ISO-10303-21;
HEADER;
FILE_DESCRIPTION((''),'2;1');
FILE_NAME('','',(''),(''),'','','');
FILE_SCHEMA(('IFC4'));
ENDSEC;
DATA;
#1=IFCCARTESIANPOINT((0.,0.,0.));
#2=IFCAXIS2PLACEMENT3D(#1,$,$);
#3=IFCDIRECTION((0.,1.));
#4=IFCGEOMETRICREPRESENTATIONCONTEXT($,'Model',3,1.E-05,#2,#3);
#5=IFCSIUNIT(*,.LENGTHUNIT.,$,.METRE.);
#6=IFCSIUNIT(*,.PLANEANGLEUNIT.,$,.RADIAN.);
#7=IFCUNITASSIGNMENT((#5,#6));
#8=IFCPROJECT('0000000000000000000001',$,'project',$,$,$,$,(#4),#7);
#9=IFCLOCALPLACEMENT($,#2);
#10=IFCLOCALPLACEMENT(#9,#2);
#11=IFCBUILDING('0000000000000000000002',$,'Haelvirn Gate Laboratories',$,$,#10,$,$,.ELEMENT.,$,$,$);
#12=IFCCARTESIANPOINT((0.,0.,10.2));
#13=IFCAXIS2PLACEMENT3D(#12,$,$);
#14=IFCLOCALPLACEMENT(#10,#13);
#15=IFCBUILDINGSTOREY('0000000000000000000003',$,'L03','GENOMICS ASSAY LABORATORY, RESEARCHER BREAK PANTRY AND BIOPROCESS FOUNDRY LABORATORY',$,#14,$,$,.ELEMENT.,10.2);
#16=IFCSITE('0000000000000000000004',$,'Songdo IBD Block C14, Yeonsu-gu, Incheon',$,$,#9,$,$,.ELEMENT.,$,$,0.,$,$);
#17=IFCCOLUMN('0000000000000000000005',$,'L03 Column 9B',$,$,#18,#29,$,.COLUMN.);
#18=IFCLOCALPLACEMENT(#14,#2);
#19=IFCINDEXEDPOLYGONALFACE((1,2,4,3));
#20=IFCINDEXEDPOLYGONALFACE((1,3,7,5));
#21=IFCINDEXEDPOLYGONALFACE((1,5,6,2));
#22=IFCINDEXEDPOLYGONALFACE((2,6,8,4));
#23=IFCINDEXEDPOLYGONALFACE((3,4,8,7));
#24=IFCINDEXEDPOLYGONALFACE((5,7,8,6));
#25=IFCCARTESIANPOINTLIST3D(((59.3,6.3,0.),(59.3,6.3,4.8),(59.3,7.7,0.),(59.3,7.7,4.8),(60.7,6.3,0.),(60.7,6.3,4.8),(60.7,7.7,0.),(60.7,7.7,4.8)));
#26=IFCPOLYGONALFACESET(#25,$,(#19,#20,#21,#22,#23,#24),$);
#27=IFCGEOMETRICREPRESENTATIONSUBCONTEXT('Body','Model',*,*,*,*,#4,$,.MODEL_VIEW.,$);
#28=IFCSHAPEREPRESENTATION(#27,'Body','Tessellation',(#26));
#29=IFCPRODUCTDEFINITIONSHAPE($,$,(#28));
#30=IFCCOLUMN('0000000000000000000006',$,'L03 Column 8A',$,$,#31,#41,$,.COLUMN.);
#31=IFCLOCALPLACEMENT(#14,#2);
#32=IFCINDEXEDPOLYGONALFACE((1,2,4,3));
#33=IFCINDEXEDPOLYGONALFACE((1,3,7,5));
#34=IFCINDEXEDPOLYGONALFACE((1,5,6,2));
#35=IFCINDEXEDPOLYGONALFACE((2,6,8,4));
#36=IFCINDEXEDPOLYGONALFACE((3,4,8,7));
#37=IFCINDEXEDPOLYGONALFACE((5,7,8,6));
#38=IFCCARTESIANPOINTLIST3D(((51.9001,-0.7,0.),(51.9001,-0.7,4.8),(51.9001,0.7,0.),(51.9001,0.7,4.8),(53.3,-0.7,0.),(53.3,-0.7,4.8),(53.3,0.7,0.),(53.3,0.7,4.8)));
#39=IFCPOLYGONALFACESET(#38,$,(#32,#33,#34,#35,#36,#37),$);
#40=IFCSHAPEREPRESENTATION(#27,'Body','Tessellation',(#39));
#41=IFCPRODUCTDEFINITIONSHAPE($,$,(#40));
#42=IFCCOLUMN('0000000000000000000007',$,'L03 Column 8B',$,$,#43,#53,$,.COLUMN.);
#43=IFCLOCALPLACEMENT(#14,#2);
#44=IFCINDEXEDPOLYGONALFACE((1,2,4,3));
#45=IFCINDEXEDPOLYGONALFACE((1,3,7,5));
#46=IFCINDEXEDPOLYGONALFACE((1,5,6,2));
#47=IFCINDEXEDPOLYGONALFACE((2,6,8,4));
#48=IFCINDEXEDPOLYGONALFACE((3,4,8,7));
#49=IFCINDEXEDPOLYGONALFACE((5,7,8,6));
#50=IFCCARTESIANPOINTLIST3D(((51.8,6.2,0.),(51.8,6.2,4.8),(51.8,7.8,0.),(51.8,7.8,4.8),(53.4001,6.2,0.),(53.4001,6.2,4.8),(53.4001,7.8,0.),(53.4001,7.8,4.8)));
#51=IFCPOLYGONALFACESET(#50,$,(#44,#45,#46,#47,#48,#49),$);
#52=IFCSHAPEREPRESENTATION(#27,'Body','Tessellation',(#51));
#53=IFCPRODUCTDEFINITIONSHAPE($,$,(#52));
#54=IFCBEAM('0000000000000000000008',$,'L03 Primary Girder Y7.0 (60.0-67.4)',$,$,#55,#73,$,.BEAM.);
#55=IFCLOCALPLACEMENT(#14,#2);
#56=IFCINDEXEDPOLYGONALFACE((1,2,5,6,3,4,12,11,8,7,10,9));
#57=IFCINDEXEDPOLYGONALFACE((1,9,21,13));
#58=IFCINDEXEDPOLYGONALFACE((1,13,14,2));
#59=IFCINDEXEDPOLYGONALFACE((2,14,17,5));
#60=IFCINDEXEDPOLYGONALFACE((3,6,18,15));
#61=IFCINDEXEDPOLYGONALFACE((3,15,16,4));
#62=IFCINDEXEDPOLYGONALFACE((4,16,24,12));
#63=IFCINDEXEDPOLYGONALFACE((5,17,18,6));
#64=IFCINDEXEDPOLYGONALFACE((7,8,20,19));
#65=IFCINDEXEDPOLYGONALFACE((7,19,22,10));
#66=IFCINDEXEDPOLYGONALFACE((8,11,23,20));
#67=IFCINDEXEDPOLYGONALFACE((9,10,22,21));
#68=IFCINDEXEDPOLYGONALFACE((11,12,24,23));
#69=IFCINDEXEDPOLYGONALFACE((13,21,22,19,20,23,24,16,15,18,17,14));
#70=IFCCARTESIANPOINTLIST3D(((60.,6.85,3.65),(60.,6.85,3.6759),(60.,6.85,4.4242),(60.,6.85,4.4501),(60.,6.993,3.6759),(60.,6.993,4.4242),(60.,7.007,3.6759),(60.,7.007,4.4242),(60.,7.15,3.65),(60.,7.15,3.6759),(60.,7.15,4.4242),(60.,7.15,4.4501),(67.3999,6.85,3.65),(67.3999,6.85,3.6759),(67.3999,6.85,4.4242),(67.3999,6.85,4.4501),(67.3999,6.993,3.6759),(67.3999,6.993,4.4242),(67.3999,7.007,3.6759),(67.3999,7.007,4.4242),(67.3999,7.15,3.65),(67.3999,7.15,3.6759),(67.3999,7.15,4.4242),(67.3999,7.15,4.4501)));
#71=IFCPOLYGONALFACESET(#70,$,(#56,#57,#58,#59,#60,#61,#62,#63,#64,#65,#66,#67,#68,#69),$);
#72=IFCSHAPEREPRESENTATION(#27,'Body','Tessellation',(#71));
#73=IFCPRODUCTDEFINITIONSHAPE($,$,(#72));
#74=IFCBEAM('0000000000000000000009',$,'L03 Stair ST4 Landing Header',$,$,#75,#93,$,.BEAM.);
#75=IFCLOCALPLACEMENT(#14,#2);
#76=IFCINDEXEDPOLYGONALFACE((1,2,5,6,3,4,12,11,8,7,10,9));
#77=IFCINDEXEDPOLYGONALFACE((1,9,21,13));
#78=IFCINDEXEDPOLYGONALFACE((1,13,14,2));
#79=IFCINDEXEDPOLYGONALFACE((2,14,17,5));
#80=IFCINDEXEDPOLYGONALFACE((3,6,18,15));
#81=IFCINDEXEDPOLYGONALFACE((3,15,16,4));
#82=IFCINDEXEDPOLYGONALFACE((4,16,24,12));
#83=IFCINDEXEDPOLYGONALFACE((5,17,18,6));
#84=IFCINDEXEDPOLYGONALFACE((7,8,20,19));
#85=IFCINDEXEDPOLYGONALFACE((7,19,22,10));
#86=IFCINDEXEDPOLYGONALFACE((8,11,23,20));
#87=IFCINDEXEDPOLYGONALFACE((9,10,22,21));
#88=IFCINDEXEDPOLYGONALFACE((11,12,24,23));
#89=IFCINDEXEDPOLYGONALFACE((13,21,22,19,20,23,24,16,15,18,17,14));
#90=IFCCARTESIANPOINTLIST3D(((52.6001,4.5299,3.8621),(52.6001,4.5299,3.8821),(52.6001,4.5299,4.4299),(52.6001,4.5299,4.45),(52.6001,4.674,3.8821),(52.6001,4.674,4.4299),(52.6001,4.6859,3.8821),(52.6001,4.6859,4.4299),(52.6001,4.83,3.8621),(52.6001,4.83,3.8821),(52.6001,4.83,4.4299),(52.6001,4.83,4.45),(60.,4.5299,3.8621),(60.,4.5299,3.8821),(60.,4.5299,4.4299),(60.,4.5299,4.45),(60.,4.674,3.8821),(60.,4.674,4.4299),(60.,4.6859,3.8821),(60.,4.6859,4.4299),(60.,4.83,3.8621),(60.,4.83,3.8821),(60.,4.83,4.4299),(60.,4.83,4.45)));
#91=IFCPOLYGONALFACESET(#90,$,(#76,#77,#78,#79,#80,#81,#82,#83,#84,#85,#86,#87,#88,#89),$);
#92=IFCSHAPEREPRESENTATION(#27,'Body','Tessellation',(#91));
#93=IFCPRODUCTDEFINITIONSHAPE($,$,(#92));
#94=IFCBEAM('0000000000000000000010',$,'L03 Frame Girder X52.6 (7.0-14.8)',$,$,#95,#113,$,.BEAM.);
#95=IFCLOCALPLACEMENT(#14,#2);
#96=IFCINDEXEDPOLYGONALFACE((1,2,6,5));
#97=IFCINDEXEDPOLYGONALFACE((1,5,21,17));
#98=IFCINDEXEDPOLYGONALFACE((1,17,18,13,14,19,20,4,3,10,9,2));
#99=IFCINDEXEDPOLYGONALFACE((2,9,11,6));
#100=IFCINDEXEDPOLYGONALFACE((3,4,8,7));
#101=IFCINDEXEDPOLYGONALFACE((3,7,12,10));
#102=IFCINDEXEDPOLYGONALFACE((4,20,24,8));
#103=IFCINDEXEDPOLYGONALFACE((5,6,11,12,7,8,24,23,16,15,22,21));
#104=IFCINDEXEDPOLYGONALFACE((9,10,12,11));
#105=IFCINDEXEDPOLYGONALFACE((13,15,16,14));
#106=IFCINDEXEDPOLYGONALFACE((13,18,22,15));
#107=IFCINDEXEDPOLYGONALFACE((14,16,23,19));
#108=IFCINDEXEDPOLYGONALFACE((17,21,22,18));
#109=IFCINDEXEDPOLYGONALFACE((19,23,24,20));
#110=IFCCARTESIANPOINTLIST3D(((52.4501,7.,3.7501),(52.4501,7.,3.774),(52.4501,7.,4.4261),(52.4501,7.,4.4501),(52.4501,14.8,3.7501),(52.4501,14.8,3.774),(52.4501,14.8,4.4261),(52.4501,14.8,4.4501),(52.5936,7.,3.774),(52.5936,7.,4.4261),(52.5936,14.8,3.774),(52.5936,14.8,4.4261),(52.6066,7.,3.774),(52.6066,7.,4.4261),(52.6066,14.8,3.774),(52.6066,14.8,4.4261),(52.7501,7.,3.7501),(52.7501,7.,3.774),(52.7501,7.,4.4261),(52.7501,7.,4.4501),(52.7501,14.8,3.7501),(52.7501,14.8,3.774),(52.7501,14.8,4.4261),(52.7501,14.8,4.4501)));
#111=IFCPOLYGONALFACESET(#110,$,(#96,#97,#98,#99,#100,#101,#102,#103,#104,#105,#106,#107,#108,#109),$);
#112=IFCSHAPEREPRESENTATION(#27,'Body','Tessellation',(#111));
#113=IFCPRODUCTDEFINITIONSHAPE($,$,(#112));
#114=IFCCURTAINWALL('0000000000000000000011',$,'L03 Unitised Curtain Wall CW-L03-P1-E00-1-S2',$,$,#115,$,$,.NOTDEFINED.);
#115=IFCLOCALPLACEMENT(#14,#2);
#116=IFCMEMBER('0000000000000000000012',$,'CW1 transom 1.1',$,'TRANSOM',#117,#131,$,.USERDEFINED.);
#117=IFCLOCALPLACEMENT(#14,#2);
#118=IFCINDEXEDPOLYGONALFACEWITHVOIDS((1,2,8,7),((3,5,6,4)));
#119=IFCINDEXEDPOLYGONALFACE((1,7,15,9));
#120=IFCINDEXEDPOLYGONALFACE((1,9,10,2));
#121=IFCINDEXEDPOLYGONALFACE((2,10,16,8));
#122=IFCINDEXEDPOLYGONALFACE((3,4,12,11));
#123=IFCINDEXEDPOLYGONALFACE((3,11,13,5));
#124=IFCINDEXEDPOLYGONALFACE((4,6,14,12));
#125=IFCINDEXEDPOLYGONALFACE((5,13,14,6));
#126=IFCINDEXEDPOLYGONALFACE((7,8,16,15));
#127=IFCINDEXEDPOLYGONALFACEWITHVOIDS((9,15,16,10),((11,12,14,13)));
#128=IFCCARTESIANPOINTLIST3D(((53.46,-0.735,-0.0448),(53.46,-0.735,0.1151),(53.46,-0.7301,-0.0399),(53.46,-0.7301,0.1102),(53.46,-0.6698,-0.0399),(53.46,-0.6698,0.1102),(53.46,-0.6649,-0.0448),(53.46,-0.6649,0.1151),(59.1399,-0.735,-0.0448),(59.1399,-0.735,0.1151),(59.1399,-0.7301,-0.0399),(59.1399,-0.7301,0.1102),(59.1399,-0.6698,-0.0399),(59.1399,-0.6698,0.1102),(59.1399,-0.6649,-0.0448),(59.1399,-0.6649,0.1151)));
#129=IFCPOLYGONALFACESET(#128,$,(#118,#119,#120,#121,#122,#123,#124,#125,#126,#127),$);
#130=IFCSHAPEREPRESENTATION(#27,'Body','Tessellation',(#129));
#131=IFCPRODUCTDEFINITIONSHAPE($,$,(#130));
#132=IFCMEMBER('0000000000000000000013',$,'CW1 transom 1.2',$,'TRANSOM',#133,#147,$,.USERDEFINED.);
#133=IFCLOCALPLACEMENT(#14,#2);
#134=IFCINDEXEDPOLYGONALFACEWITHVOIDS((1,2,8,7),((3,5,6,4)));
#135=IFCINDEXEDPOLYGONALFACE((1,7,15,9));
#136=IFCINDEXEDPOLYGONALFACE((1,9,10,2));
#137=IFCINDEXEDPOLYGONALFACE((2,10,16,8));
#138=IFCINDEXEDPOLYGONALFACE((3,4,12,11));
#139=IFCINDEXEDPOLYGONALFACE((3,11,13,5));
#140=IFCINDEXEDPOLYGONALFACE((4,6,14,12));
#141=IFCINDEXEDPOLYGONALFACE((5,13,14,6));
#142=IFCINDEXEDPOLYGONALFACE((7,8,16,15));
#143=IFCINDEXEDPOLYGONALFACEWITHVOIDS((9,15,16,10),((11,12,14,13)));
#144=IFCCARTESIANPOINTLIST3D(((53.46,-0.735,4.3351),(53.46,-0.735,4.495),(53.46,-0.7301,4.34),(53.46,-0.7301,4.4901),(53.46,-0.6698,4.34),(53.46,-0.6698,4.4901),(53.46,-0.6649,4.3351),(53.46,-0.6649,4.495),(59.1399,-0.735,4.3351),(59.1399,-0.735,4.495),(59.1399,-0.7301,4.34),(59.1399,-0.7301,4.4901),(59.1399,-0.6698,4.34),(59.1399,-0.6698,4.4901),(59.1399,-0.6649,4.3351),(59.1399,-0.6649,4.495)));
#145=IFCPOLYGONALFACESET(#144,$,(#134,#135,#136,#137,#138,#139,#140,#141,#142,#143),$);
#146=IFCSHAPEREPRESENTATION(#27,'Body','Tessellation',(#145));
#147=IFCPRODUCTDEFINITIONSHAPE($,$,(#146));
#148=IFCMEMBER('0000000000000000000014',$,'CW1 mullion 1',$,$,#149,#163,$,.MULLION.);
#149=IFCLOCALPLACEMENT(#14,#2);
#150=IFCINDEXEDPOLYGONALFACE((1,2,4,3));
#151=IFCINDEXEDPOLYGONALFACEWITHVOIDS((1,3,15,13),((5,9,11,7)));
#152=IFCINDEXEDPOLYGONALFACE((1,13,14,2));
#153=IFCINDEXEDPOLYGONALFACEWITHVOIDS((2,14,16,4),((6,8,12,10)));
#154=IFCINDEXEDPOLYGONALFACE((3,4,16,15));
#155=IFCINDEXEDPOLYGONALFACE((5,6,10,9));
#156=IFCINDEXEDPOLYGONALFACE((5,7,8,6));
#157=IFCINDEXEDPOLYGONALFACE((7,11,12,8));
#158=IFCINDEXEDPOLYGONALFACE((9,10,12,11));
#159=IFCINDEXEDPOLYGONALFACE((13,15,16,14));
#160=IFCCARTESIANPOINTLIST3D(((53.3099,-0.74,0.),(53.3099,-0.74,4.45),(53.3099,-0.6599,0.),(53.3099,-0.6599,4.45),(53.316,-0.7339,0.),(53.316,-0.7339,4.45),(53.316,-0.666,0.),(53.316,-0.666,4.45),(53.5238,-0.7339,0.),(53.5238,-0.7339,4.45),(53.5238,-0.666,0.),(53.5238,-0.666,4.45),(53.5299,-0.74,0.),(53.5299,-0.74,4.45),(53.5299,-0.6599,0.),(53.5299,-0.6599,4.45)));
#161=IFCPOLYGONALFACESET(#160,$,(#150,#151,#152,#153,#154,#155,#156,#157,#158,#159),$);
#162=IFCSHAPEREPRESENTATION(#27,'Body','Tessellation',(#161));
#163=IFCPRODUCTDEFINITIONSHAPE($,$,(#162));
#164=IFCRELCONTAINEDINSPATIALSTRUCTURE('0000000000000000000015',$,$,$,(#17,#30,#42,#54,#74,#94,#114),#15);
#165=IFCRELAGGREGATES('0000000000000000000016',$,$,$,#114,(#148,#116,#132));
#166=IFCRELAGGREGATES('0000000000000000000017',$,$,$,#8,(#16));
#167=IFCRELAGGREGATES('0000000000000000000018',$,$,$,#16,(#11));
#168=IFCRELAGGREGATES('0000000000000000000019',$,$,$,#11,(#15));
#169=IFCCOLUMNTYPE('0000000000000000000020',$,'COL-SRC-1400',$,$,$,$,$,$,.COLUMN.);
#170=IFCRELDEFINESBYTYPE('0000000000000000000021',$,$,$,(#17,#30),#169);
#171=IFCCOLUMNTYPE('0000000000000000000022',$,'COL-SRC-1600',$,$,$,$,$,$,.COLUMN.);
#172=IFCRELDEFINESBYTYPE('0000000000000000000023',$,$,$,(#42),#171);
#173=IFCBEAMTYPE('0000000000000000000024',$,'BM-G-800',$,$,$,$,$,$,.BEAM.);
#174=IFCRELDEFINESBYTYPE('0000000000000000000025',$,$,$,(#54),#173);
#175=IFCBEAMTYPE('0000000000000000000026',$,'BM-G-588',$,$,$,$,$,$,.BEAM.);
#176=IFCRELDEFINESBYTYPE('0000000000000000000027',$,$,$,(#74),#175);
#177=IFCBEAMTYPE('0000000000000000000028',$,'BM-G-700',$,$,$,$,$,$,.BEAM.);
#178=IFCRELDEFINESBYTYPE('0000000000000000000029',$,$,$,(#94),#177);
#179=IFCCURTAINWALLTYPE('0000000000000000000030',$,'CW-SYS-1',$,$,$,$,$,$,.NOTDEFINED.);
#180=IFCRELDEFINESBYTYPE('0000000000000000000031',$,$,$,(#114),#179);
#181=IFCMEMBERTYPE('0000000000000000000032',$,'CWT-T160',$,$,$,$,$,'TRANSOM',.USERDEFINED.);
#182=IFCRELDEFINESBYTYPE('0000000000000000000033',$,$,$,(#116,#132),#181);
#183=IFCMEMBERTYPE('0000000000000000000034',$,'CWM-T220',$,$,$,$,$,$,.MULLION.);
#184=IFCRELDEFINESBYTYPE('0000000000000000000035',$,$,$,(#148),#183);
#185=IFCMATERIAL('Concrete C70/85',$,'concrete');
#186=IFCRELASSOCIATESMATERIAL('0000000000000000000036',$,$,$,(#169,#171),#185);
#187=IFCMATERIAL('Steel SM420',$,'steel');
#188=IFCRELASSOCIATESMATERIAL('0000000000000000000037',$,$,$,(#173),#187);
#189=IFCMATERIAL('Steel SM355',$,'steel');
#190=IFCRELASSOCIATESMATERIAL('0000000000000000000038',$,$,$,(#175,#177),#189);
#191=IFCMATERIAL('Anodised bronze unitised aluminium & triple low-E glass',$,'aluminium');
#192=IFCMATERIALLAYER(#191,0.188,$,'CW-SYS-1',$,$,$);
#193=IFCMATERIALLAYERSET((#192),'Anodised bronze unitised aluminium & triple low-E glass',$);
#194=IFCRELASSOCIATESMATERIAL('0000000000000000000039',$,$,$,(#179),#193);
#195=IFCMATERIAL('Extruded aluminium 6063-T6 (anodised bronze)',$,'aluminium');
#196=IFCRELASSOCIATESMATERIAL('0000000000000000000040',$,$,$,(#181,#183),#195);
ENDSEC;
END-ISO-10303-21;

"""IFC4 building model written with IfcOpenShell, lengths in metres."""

from ifc_helpers import new_model, si_unit, direction, frame, origin, origin_2d, place, context, subcontext, project, spatial, rectangle, hollow_rectangle, i_section, extrude, source, transform, mapped, material, layer, layer_set, material_profile, profile_set, type_object, type_shapes, element, aggregate, save


model = new_model("IFC4")

# Units and contexts
model_context = context("Model", 3, precision=1e-05, world=origin(), true_north=direction((0.0, 1.0)))
body_context = subcontext(model_context, "Body", "Model", "MODEL_VIEW")
ifc_project = project(units=[si_unit("LENGTHUNIT", "METRE"), si_unit("PLANEANGLEUNIT", "RADIAN")], contexts=[model_context])

# Site, building, storey
site_placement = place(None, origin())
site = spatial("IfcSite", under=ifc_project, at=site_placement, Name="Songdo IBD Block C14, Yeonsu-gu, Incheon", CompositionType="ELEMENT", RefElevation=0.0)
building_placement = place(site_placement, origin())
building = spatial("IfcBuilding", under=site, at=building_placement, Name="Haelvirn Gate Laboratories", CompositionType="ELEMENT")
storey_placement = place(building_placement, frame((0.0, 0.0, 10.2)))
storey = spatial("IfcBuildingStorey", under=building, at=storey_placement, Name="L03", Description="GENOMICS ASSAY LABORATORY, RESEARCHER BREAK PANTRY AND BIOPROCESS FOUNDRY LABORATORY", CompositionType="ELEMENT", Elevation=10.2)

# Columns
ifc_material_1 = material(Name="Concrete C70/85", Category="concrete")
ifc_material_profile_1 = material_profile(ifc_material_1, rectangle(XDim=1.3999, YDim=1.3999, at=origin_2d()), Name="SRC-1400x1400")
ifc_profile_set_1 = profile_set([ifc_material_profile_1], Name="Concrete C70/85")
column_type_1 = type_object("IfcColumnType", Name="COL-SRC-1400", PredefinedType="COLUMN", material=ifc_profile_set_1)
shared_shape_1 = source(origin(), body_context, "Body", "SweptSolid", [
    extrude(rectangle(XDim=1.3999, YDim=1.3999, at=origin_2d()), origin(), (0.0, 0.0, 1.0), 4.8),
])
type_shapes(column_type_1, [shared_shape_1])
for number, where, z_axis, x_axis, name in (
    (1, (60.0, 7.0, 0.0), (0.0, 0.0, 1.0), (1.0, 0.0, 0.0), "L03 Column 9B"),
    (2, (52.6001, 0.0, 0.0), (0.0, 0.0, 1.0), (1.0, 0.0, 0.0), "L03 Column 8A"),
):
    element("IfcColumn", number, at=place(storey_placement, frame(where, z_axis=z_axis, x_axis=x_axis)), inside=storey, type_object=column_type_1, Name=name, PredefinedType="COLUMN", context=body_context, shape_type="MappedRepresentation", body=[
        mapped(shared_shape_1, transform((0.0, 0.0, 0.0), scale=1.0)),
    ])
ifc_material_profile_2 = material_profile(ifc_material_1, rectangle(XDim=1.6001, YDim=1.6001, at=origin_2d()), Name="SRC-1600x1600")
ifc_profile_set_2 = profile_set([ifc_material_profile_2], Name="Concrete C70/85")
column_type_2 = type_object("IfcColumnType", Name="COL-SRC-1600", PredefinedType="COLUMN", material=ifc_profile_set_2)
shared_shape_2 = source(origin(), body_context, "Body", "SweptSolid", [
    extrude(rectangle(XDim=1.6001, YDim=1.6001, at=origin_2d()), origin(), (0.0, 0.0, 1.0), 4.8),
])
type_shapes(column_type_2, [shared_shape_2])
column_placement = place(storey_placement, frame((52.6001, 7.0, 0.0), z_axis=(0.0, 0.0, 1.0), x_axis=(1.0, 0.0, 0.0)))
element("IfcColumn", 3, at=column_placement, inside=storey, type_object=column_type_2, Name="L03 Column 8B", PredefinedType="COLUMN", context=body_context, shape_type="MappedRepresentation", body=[
    mapped(shared_shape_2, transform((0.0, 0.0, 0.0), scale=1.0)),
])

# Beams
ifc_material_2 = material(Name="Steel SM420", Category="steel")
ifc_material_profile_3 = material_profile(ifc_material_2, i_section(OverallWidth=0.3, OverallDepth=0.8, WebThickness=0.0139, FlangeThickness=0.0259, at=origin_2d()), Name="H-800x300x14x26")
ifc_profile_set_3 = profile_set([ifc_material_profile_3], Name="Steel SM420")
beam_type_1 = type_object("IfcBeamType", Name="BM-G-800", PredefinedType="BEAM", material=ifc_profile_set_3)
shared_shape_3 = source(origin(), body_context, "Body", "SweptSolid", [
    extrude(i_section(OverallWidth=0.3, OverallDepth=0.8, WebThickness=0.0139, FlangeThickness=0.0259, at=origin_2d()), origin(), (0.0, 0.0, 1.0), 7.3999),
])
type_shapes(beam_type_1, [shared_shape_3])
beam_1_placement = place(storey_placement, frame((60.0, 7.0, 4.05), z_axis=(1.0, 0.0, 0.0), x_axis=(0.0, 1.0, 0.0)))
element("IfcBeam", 4, at=beam_1_placement, inside=storey, type_object=beam_type_1, Name="L03 Primary Girder Y7.0 (60.0-67.4)", PredefinedType="BEAM", context=body_context, shape_type="MappedRepresentation", body=[
    mapped(shared_shape_3, transform((0.0, 0.0, 0.0), scale=1.0)),
])
ifc_material_3 = material(Name="Steel SM355", Category="steel")
ifc_material_profile_4 = material_profile(ifc_material_3, i_section(OverallWidth=0.3, OverallDepth=0.5879, WebThickness=0.012, FlangeThickness=0.02, at=origin_2d()), Name="H-588x300x12x20")
ifc_profile_set_4 = profile_set([ifc_material_profile_4], Name="Steel SM355")
beam_type_2 = type_object("IfcBeamType", Name="BM-G-588", PredefinedType="BEAM", material=ifc_profile_set_4)
shared_shape_4 = source(origin(), body_context, "Body", "SweptSolid", [
    extrude(i_section(OverallWidth=0.3, OverallDepth=0.5879, WebThickness=0.012, FlangeThickness=0.02, at=origin_2d()), origin(), (0.0, 0.0, 1.0), 7.3999),
])
type_shapes(beam_type_2, [shared_shape_4])
beam_2_placement = place(storey_placement, frame((52.6001, 4.6799, 4.156), z_axis=(1.0, 0.0, 0.0), x_axis=(0.0, 1.0, 0.0)))
element("IfcBeam", 5, at=beam_2_placement, inside=storey, type_object=beam_type_2, Name="L03 Stair ST4 Landing Header", PredefinedType="BEAM", context=body_context, shape_type="MappedRepresentation", body=[
    mapped(shared_shape_4, transform((0.0, 0.0, 0.0), scale=1.0)),
])
ifc_material_profile_5 = material_profile(ifc_material_3, i_section(OverallWidth=0.3, OverallDepth=0.7, WebThickness=0.0129, FlangeThickness=0.0239, at=origin_2d()), Name="H-700x300x13x24")
ifc_profile_set_5 = profile_set([ifc_material_profile_5], Name="Steel SM355")
beam_type_3 = type_object("IfcBeamType", Name="BM-G-700", PredefinedType="BEAM", material=ifc_profile_set_5)
shared_shape_5 = source(origin(), body_context, "Body", "SweptSolid", [
    extrude(i_section(OverallWidth=0.3, OverallDepth=0.7, WebThickness=0.0129, FlangeThickness=0.0239, at=origin_2d()), origin(), (0.0, 0.0, 1.0), 7.8),
])
type_shapes(beam_type_3, [shared_shape_5])
beam_3_placement = place(storey_placement, frame((52.6001, 7.0, 4.1001), z_axis=(0.0, 1.0, 0.0), x_axis=(-1.0, 0.0, 0.0)))
element("IfcBeam", 6, at=beam_3_placement, inside=storey, type_object=beam_type_3, Name="L03 Frame Girder X52.6 (7.0-14.8)", PredefinedType="BEAM", context=body_context, shape_type="MappedRepresentation", body=[
    mapped(shared_shape_5, transform((0.0, 0.0, 0.0), scale=1.0)),
])

# Curtain wall, members
ifc_material_4 = material(Name="Anodised bronze unitised aluminium & triple low-E glass", Category="aluminium")
ifc_layer_1 = layer(ifc_material_4, 0.188, Name="CW-SYS-1")
ifc_layer_set_1 = layer_set([ifc_layer_1], Name="Anodised bronze unitised aluminium & triple low-E glass")
curtain_wall_type = type_object("IfcCurtainWallType", Name="CW-SYS-1", PredefinedType="NOTDEFINED", material=ifc_layer_set_1)
curtain_wall_placement = place(storey_placement, origin())
curtain_wall = element("IfcCurtainWall", 7, at=curtain_wall_placement, inside=storey, type_object=curtain_wall_type, Name="L03 Unitised Curtain Wall CW-L03-P1-E00-1-S2", PredefinedType="NOTDEFINED")
ifc_material_5 = material(Name="Extruded aluminium 6063-T6 (anodised bronze)", Category="aluminium")
ifc_material_profile_6 = material_profile(ifc_material_5, hollow_rectangle(XDim=0.0701, YDim=0.1599, WallThickness=0.0049, at=origin_2d()), Name="CWT-160x70x5")
ifc_profile_set_6 = profile_set([ifc_material_profile_6], Name="Extruded aluminium 6063-T6 (anodised bronze)")
member_type_1 = type_object("IfcMemberType", Name="CWT-T160", ElementType="TRANSOM", PredefinedType="USERDEFINED", material=ifc_profile_set_6)
shared_shape_6 = source(origin(), body_context, "Body", "SweptSolid", [
    extrude(hollow_rectangle(XDim=0.0701, YDim=0.1599, WallThickness=0.0049, at=origin_2d()), origin(), (0.0, 0.0, 1.0), 5.6799),
])
type_shapes(member_type_1, [shared_shape_6])
member_1_placement = place(storey_placement, frame((53.46, -0.7, 0.0352), z_axis=(1.0, 0.0, 0.0), x_axis=(0.0, 1.0, 0.0)))
member_1 = element("IfcMember", 8, at=member_1_placement, type_object=member_type_1, Name="CW1 transom 1.1", ObjectType="TRANSOM", PredefinedType="USERDEFINED", context=body_context, shape_type="MappedRepresentation", body=[
    mapped(shared_shape_6, transform((0.0, 0.0, 0.0), scale=1.0)),
])
member_2_placement = place(storey_placement, frame((53.46, -0.7, 4.415), z_axis=(1.0, 0.0, 0.0), x_axis=(0.0, 1.0, 0.0)))
member_2 = element("IfcMember", 9, at=member_2_placement, type_object=member_type_1, Name="CW1 transom 1.2", ObjectType="TRANSOM", PredefinedType="USERDEFINED", context=body_context, shape_type="MappedRepresentation", body=[
    mapped(shared_shape_6, transform((0.0, 0.0, 0.0), scale=1.0)),
])
ifc_material_profile_7 = material_profile(ifc_material_5, hollow_rectangle(XDim=0.0801, YDim=0.22, WallThickness=0.0061, at=origin_2d()), Name="CWM-220x80x6")
ifc_profile_set_7 = profile_set([ifc_material_profile_7], Name="Extruded aluminium 6063-T6 (anodised bronze)")
member_type_2 = type_object("IfcMemberType", Name="CWM-T220", PredefinedType="MULLION", material=ifc_profile_set_7)
shared_shape_7 = source(origin(), body_context, "Body", "SweptSolid", [
    extrude(hollow_rectangle(XDim=0.0801, YDim=0.22, WallThickness=0.0061, at=origin_2d()), origin(), (0.0, 0.0, 1.0), 4.45),
])
type_shapes(member_type_2, [shared_shape_7])
member_3_placement = place(storey_placement, frame((53.4199, -0.7, 0.0), z_axis=(0.0, 0.0, 1.0), x_axis=(0.0, 1.0, 0.0)))
member_3 = element("IfcMember", 10, at=member_3_placement, type_object=member_type_2, Name="CW1 mullion 1", PredefinedType="MULLION", context=body_context, shape_type="MappedRepresentation", body=[
    mapped(shared_shape_7, transform((0.0, 0.0, 0.0), scale=1.0)),
])
aggregate(curtain_wall, [member_3, member_1, member_2])

save(model, "model.ifc")
